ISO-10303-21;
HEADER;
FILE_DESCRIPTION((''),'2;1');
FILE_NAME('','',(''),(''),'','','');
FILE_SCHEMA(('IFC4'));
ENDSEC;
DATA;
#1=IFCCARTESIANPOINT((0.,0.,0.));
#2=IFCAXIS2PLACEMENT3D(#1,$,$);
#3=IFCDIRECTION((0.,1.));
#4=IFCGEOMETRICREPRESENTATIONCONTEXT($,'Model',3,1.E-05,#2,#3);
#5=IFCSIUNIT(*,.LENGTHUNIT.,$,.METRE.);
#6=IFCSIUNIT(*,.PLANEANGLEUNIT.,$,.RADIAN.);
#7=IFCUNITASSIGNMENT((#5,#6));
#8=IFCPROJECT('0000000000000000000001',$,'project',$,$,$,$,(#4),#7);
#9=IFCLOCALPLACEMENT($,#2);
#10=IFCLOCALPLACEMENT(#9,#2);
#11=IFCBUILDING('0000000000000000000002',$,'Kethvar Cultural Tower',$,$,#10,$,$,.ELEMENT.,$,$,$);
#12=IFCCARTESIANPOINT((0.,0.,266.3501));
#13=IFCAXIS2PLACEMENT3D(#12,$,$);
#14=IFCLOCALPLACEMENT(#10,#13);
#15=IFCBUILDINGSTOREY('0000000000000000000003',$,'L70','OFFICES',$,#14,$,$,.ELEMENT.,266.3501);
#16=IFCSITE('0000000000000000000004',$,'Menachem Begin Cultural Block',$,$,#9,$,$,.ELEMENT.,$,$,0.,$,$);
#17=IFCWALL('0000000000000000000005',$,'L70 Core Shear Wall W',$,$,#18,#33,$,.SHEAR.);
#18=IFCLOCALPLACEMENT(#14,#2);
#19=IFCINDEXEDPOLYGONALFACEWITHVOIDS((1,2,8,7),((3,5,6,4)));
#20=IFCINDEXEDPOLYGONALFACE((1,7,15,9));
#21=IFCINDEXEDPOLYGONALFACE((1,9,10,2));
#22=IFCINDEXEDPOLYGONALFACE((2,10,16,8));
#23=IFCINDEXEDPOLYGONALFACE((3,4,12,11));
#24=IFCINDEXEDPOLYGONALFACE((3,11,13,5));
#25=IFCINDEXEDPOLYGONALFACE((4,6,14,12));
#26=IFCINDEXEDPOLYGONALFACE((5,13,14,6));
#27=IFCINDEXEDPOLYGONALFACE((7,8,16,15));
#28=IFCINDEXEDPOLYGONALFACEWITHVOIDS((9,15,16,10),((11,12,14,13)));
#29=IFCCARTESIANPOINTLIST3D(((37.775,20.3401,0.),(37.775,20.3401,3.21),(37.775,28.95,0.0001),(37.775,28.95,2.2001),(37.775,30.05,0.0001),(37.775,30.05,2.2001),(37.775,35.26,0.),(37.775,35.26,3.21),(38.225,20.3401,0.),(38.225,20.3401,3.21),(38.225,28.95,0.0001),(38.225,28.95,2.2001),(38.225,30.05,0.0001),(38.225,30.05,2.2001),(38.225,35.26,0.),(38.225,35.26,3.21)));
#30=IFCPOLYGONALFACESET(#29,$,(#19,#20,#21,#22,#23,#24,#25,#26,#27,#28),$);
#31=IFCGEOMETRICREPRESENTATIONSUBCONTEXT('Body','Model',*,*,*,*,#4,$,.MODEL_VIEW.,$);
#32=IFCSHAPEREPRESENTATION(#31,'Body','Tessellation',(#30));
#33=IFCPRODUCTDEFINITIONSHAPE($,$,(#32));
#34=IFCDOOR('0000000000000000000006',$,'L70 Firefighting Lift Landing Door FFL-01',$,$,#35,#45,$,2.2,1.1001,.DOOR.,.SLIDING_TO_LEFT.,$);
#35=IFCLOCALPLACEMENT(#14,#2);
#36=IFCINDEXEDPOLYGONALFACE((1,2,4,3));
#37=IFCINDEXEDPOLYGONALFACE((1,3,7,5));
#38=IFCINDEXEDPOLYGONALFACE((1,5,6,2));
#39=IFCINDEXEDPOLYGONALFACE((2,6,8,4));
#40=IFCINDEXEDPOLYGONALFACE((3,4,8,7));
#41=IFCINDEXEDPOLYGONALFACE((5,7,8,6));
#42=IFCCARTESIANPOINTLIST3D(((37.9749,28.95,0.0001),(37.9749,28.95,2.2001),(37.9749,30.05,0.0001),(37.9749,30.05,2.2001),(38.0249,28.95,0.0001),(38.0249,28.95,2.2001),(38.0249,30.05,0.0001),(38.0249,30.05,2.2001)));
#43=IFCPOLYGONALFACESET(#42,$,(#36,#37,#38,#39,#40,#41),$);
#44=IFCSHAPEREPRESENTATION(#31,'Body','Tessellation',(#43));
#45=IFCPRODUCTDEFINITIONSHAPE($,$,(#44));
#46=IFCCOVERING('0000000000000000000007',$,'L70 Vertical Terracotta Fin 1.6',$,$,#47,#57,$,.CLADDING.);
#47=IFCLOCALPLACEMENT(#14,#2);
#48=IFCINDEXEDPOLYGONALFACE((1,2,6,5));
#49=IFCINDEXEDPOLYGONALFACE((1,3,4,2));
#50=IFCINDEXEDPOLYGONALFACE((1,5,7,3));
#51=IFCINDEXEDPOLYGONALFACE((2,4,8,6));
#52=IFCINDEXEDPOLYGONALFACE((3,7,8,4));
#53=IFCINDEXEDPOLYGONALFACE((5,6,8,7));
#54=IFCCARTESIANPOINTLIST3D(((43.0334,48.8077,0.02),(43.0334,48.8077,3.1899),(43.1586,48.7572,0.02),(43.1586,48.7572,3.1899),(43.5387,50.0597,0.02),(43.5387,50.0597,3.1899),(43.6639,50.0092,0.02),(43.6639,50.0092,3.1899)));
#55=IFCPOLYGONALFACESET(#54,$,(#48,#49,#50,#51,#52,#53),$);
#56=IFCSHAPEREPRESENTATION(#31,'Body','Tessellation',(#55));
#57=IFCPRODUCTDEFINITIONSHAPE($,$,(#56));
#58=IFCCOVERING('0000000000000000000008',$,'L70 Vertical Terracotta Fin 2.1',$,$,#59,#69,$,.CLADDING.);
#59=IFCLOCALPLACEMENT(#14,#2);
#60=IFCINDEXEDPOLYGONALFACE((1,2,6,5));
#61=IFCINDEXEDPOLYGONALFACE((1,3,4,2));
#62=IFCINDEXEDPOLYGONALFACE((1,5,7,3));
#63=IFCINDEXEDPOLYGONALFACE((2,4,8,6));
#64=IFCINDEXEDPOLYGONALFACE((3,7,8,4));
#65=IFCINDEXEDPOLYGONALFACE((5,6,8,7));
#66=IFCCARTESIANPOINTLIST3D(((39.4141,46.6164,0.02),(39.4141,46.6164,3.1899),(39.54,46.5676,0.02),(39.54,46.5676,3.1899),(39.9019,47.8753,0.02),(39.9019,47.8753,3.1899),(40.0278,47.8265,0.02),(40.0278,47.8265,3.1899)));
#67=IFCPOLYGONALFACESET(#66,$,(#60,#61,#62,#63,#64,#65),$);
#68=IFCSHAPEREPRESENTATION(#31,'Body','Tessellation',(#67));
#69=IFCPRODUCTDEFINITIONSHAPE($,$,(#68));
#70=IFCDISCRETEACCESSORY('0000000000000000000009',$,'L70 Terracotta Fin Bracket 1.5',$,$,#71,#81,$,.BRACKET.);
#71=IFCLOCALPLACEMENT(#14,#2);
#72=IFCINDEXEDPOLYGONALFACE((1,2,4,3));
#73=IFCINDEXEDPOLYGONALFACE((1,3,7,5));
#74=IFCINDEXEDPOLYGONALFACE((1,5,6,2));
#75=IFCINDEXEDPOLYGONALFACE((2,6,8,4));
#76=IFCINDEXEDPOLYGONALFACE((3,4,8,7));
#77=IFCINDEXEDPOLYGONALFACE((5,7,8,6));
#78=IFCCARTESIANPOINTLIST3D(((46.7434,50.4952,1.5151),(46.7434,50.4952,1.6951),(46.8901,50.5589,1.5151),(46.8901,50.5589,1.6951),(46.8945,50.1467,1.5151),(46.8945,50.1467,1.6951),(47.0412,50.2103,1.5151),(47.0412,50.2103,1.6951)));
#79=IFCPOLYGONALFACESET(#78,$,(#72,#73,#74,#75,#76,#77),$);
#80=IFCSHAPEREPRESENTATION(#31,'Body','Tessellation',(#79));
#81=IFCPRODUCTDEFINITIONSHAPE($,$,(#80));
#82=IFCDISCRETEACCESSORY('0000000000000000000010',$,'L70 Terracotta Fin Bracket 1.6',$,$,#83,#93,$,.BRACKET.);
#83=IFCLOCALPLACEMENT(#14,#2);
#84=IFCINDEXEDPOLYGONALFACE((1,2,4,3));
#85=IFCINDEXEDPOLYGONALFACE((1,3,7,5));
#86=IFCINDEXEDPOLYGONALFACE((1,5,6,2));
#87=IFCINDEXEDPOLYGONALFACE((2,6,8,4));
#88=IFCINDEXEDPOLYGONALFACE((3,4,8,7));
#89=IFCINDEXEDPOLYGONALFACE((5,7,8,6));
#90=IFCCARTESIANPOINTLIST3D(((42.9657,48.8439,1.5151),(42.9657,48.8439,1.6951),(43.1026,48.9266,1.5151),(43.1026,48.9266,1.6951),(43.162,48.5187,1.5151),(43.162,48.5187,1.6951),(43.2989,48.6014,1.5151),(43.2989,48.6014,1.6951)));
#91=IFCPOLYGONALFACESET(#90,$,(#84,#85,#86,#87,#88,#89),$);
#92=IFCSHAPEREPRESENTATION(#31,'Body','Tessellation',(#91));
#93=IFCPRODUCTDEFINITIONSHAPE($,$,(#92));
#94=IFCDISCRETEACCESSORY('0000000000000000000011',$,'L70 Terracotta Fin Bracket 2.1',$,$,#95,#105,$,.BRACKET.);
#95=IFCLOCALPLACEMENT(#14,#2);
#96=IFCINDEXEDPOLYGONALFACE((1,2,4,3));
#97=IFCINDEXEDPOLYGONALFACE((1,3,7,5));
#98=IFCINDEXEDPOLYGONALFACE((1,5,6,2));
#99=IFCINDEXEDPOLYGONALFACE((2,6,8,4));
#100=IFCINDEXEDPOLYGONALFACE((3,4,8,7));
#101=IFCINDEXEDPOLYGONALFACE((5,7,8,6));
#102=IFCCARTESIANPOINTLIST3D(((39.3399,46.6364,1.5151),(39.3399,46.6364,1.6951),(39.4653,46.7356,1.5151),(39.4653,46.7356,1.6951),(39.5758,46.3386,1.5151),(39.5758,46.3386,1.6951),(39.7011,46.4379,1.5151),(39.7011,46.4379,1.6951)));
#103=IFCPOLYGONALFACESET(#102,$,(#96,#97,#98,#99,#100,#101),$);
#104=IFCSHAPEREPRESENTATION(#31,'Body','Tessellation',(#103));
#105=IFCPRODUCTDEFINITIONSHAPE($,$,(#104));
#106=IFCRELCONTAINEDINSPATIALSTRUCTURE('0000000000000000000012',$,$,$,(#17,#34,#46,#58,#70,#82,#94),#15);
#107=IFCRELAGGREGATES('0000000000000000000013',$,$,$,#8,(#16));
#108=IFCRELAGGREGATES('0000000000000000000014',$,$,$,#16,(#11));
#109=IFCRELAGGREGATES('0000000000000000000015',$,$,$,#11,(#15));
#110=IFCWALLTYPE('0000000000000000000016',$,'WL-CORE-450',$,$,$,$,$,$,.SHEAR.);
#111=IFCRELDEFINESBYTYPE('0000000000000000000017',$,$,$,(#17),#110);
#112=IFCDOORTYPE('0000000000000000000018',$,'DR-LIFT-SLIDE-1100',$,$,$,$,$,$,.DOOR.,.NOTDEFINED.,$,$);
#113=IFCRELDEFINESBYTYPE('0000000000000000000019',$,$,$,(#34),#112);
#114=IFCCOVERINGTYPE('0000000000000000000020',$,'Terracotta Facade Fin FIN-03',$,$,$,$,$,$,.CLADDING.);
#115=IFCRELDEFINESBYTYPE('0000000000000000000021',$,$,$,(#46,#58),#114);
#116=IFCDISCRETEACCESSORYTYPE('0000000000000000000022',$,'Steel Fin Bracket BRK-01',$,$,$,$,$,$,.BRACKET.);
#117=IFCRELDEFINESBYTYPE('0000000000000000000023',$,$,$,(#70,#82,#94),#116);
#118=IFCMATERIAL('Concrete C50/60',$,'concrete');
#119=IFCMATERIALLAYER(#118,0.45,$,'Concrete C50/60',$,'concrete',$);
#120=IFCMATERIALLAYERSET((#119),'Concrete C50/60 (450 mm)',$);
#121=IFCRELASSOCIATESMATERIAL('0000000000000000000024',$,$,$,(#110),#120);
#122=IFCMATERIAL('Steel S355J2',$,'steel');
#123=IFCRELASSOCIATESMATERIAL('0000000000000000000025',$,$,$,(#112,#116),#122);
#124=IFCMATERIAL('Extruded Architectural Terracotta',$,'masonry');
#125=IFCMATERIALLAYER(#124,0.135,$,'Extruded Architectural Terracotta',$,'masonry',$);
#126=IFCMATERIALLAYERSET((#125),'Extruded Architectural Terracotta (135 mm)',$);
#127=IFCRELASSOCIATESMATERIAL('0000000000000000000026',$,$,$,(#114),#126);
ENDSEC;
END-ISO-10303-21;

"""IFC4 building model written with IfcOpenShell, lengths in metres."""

from ifc_helpers import new_model, si_unit, direction, frame, frame_2d, origin, origin_2d, place, context, subcontext, project, spatial, rectangle, extrude, source, transform, mapped, material, layer, layer_set, type_object, element, fill, save


model = new_model("IFC4")

# Units and contexts
model_context = context("Model", 3, precision=1e-05, world=origin(), true_north=direction((0.0, 1.0)))
body_context = subcontext(model_context, "Body", "Model", "MODEL_VIEW")
ifc_project = project(units=[si_unit("LENGTHUNIT", "METRE"), si_unit("PLANEANGLEUNIT", "RADIAN")], contexts=[model_context])

# Site, building, storey
site_placement = place(None, origin())
site = spatial("IfcSite", under=ifc_project, at=site_placement, Name="Menachem Begin Cultural Block", CompositionType="ELEMENT", RefElevation=0.0)
building_placement = place(site_placement, origin())
building = spatial("IfcBuilding", under=site, at=building_placement, Name="Kethvar Cultural Tower", CompositionType="ELEMENT")
storey_placement = place(building_placement, frame((0.0, 0.0, 266.3501)))
storey = spatial("IfcBuildingStorey", under=building, at=storey_placement, Name="L70", Description="OFFICES", CompositionType="ELEMENT", Elevation=266.3501)

# Shared definitions
ifc_material_1 = material(Name="Steel S355J2", Category="steel")

# Wall, opening, door
ifc_material_2 = material(Name="Concrete C50/60", Category="concrete")
ifc_layer_1 = layer(ifc_material_2, 0.45, Name="Concrete C50/60", Category="concrete")
ifc_layer_set_1 = layer_set([ifc_layer_1], Name="Concrete C50/60 (450 mm)")
wall_type = type_object("IfcWallType", Name="WL-CORE-450", PredefinedType="SHEAR", material=ifc_layer_set_1)
wall_placement = place(storey_placement, frame((38.0, 35.26, 0.0), z_axis=(0.0, 0.0, 1.0), x_axis=(0.0, -1.0, 0.0)))
wall = element("IfcWall", 1, at=wall_placement, inside=storey, type_object=wall_type, Name="L70 Core Shear Wall W", PredefinedType="SHEAR", context=body_context, shape_type="SweptSolid", body=[
    extrude(rectangle(XDim=14.9199, YDim=0.45, at=frame_2d((7.46, 0.0))), origin(), (0.0, 0.0, 1.0), 3.21),
])
opening_placement = place(wall_placement, frame((5.21, 0.0, 0.0)))
opening = element("IfcOpeningElement", 2, at=opening_placement, cuts=wall, PredefinedType="OPENING", context=body_context, shape_type="SweptSolid", body=[
    extrude(rectangle(XDim=1.1001, YDim=2.2, at=frame_2d((0.55, 1.1001))), frame((0.0, 0.2349, 0.0), z_axis=(0.0, -1.0, 0.0), x_axis=(1.0, 0.0, 0.0)), (0.0, 0.0, 1.0), 0.47),
])
door_type = type_object("IfcDoorType", Name="DR-LIFT-SLIDE-1100", OperationType="NOTDEFINED", PredefinedType="DOOR", material=ifc_material_1)
shared_shape_1 = source(origin(), body_context, "Body", "SweptSolid", [
    extrude(rectangle(XDim=1.1001, YDim=2.2, at=frame_2d((0.55, 1.1001))), frame((0.0, 0.0249, 0.0), z_axis=(0.0, -1.0, 0.0), x_axis=(1.0, 0.0, 0.0)), (0.0, 0.0, 1.0), 0.05),
])
door_placement = place(opening_placement, origin())
door = element("IfcDoor", 3, at=door_placement, inside=storey, type_object=door_type, Name="L70 Firefighting Lift Landing Door FFL-01", OperationType="SLIDING_TO_LEFT", OverallHeight=2.2, OverallWidth=1.1001, PredefinedType="DOOR", context=body_context, shape_type="MappedRepresentation", body=[
    mapped(shared_shape_1, transform((0.0, 0.0, 0.0), scale=1.0)),
])
fill(opening, door)

# Coverings
ifc_material_3 = material(Name="Extruded Architectural Terracotta", Category="masonry")
ifc_layer_2 = layer(ifc_material_3, 0.135, Name="Extruded Architectural Terracotta", Category="masonry")
ifc_layer_set_2 = layer_set([ifc_layer_2], Name="Extruded Architectural Terracotta (135 mm)")
covering_type = type_object("IfcCoveringType", Name="Terracotta Facade Fin FIN-03", PredefinedType="CLADDING", material=ifc_layer_set_2)
shared_shape_2 = source(origin(), body_context, "Body", "SweptSolid", [
    extrude(rectangle(XDim=1.3501, YDim=0.135, at=origin_2d()), origin(), (0.0, 0.0, 1.0), 3.1699),
])
for number, where, z_axis, x_axis, name in (
    (4, (43.3486, 49.4084, 0.02), (0.0, 0.0, 1.0), (0.374283, 0.927315, 0.0), "L70 Vertical Terracotta Fin 1.6"),
    (5, (39.7209, 47.2214, 0.02), (0.0, 0.0, 1.0), (0.361299, 0.93245, 0.0), "L70 Vertical Terracotta Fin 2.1"),
):
    element("IfcCovering", number, at=place(storey_placement, frame(where, z_axis=z_axis, x_axis=x_axis)), inside=storey, type_object=covering_type, Name=name, PredefinedType="CLADDING", context=body_context, shape_type="MappedRepresentation", body=[
        mapped(shared_shape_2, transform((0.0, 0.0, 0.0), scale=1.0)),
    ])

# Discrete accessories
discrete_accessory_type = type_object("IfcDiscreteAccessoryType", Name="Steel Fin Bracket BRK-01", PredefinedType="BRACKET", material=ifc_material_1)
shared_shape_3 = source(origin(), body_context, "Body", "SweptSolid", [
    extrude(rectangle(XDim=0.3799, YDim=0.1599, at=origin_2d()), origin(), (0.0, 0.0, 1.0), 0.1799),
])
for number, where, z_axis, x_axis, name in (
    (6, (46.8923, 50.3528, 1.5151), (0.0, 0.0, 1.0), (-0.397789, 0.917477, 0.0), "L70 Terracotta Fin Bracket 1.5"),
    (7, (43.1323, 48.7227, 1.5151), (0.0, 0.0, 1.0), (-0.516832, 0.856087, 0.0), "L70 Terracotta Fin Bracket 1.6"),
    (8, (39.5205, 46.5371, 1.5151), (0.0, 0.0, 1.0), (-0.620874, 0.78391, 0.0), "L70 Terracotta Fin Bracket 2.1"),
):
    element("IfcDiscreteAccessory", number, at=place(storey_placement, frame(where, z_axis=z_axis, x_axis=x_axis)), inside=storey, type_object=discrete_accessory_type, Name=name, PredefinedType="BRACKET", context=body_context, shape_type="MappedRepresentation", body=[
        mapped(shared_shape_3, transform((0.0, 0.0, 0.0), scale=1.0)),
    ])

save(model, "model.ifc")
